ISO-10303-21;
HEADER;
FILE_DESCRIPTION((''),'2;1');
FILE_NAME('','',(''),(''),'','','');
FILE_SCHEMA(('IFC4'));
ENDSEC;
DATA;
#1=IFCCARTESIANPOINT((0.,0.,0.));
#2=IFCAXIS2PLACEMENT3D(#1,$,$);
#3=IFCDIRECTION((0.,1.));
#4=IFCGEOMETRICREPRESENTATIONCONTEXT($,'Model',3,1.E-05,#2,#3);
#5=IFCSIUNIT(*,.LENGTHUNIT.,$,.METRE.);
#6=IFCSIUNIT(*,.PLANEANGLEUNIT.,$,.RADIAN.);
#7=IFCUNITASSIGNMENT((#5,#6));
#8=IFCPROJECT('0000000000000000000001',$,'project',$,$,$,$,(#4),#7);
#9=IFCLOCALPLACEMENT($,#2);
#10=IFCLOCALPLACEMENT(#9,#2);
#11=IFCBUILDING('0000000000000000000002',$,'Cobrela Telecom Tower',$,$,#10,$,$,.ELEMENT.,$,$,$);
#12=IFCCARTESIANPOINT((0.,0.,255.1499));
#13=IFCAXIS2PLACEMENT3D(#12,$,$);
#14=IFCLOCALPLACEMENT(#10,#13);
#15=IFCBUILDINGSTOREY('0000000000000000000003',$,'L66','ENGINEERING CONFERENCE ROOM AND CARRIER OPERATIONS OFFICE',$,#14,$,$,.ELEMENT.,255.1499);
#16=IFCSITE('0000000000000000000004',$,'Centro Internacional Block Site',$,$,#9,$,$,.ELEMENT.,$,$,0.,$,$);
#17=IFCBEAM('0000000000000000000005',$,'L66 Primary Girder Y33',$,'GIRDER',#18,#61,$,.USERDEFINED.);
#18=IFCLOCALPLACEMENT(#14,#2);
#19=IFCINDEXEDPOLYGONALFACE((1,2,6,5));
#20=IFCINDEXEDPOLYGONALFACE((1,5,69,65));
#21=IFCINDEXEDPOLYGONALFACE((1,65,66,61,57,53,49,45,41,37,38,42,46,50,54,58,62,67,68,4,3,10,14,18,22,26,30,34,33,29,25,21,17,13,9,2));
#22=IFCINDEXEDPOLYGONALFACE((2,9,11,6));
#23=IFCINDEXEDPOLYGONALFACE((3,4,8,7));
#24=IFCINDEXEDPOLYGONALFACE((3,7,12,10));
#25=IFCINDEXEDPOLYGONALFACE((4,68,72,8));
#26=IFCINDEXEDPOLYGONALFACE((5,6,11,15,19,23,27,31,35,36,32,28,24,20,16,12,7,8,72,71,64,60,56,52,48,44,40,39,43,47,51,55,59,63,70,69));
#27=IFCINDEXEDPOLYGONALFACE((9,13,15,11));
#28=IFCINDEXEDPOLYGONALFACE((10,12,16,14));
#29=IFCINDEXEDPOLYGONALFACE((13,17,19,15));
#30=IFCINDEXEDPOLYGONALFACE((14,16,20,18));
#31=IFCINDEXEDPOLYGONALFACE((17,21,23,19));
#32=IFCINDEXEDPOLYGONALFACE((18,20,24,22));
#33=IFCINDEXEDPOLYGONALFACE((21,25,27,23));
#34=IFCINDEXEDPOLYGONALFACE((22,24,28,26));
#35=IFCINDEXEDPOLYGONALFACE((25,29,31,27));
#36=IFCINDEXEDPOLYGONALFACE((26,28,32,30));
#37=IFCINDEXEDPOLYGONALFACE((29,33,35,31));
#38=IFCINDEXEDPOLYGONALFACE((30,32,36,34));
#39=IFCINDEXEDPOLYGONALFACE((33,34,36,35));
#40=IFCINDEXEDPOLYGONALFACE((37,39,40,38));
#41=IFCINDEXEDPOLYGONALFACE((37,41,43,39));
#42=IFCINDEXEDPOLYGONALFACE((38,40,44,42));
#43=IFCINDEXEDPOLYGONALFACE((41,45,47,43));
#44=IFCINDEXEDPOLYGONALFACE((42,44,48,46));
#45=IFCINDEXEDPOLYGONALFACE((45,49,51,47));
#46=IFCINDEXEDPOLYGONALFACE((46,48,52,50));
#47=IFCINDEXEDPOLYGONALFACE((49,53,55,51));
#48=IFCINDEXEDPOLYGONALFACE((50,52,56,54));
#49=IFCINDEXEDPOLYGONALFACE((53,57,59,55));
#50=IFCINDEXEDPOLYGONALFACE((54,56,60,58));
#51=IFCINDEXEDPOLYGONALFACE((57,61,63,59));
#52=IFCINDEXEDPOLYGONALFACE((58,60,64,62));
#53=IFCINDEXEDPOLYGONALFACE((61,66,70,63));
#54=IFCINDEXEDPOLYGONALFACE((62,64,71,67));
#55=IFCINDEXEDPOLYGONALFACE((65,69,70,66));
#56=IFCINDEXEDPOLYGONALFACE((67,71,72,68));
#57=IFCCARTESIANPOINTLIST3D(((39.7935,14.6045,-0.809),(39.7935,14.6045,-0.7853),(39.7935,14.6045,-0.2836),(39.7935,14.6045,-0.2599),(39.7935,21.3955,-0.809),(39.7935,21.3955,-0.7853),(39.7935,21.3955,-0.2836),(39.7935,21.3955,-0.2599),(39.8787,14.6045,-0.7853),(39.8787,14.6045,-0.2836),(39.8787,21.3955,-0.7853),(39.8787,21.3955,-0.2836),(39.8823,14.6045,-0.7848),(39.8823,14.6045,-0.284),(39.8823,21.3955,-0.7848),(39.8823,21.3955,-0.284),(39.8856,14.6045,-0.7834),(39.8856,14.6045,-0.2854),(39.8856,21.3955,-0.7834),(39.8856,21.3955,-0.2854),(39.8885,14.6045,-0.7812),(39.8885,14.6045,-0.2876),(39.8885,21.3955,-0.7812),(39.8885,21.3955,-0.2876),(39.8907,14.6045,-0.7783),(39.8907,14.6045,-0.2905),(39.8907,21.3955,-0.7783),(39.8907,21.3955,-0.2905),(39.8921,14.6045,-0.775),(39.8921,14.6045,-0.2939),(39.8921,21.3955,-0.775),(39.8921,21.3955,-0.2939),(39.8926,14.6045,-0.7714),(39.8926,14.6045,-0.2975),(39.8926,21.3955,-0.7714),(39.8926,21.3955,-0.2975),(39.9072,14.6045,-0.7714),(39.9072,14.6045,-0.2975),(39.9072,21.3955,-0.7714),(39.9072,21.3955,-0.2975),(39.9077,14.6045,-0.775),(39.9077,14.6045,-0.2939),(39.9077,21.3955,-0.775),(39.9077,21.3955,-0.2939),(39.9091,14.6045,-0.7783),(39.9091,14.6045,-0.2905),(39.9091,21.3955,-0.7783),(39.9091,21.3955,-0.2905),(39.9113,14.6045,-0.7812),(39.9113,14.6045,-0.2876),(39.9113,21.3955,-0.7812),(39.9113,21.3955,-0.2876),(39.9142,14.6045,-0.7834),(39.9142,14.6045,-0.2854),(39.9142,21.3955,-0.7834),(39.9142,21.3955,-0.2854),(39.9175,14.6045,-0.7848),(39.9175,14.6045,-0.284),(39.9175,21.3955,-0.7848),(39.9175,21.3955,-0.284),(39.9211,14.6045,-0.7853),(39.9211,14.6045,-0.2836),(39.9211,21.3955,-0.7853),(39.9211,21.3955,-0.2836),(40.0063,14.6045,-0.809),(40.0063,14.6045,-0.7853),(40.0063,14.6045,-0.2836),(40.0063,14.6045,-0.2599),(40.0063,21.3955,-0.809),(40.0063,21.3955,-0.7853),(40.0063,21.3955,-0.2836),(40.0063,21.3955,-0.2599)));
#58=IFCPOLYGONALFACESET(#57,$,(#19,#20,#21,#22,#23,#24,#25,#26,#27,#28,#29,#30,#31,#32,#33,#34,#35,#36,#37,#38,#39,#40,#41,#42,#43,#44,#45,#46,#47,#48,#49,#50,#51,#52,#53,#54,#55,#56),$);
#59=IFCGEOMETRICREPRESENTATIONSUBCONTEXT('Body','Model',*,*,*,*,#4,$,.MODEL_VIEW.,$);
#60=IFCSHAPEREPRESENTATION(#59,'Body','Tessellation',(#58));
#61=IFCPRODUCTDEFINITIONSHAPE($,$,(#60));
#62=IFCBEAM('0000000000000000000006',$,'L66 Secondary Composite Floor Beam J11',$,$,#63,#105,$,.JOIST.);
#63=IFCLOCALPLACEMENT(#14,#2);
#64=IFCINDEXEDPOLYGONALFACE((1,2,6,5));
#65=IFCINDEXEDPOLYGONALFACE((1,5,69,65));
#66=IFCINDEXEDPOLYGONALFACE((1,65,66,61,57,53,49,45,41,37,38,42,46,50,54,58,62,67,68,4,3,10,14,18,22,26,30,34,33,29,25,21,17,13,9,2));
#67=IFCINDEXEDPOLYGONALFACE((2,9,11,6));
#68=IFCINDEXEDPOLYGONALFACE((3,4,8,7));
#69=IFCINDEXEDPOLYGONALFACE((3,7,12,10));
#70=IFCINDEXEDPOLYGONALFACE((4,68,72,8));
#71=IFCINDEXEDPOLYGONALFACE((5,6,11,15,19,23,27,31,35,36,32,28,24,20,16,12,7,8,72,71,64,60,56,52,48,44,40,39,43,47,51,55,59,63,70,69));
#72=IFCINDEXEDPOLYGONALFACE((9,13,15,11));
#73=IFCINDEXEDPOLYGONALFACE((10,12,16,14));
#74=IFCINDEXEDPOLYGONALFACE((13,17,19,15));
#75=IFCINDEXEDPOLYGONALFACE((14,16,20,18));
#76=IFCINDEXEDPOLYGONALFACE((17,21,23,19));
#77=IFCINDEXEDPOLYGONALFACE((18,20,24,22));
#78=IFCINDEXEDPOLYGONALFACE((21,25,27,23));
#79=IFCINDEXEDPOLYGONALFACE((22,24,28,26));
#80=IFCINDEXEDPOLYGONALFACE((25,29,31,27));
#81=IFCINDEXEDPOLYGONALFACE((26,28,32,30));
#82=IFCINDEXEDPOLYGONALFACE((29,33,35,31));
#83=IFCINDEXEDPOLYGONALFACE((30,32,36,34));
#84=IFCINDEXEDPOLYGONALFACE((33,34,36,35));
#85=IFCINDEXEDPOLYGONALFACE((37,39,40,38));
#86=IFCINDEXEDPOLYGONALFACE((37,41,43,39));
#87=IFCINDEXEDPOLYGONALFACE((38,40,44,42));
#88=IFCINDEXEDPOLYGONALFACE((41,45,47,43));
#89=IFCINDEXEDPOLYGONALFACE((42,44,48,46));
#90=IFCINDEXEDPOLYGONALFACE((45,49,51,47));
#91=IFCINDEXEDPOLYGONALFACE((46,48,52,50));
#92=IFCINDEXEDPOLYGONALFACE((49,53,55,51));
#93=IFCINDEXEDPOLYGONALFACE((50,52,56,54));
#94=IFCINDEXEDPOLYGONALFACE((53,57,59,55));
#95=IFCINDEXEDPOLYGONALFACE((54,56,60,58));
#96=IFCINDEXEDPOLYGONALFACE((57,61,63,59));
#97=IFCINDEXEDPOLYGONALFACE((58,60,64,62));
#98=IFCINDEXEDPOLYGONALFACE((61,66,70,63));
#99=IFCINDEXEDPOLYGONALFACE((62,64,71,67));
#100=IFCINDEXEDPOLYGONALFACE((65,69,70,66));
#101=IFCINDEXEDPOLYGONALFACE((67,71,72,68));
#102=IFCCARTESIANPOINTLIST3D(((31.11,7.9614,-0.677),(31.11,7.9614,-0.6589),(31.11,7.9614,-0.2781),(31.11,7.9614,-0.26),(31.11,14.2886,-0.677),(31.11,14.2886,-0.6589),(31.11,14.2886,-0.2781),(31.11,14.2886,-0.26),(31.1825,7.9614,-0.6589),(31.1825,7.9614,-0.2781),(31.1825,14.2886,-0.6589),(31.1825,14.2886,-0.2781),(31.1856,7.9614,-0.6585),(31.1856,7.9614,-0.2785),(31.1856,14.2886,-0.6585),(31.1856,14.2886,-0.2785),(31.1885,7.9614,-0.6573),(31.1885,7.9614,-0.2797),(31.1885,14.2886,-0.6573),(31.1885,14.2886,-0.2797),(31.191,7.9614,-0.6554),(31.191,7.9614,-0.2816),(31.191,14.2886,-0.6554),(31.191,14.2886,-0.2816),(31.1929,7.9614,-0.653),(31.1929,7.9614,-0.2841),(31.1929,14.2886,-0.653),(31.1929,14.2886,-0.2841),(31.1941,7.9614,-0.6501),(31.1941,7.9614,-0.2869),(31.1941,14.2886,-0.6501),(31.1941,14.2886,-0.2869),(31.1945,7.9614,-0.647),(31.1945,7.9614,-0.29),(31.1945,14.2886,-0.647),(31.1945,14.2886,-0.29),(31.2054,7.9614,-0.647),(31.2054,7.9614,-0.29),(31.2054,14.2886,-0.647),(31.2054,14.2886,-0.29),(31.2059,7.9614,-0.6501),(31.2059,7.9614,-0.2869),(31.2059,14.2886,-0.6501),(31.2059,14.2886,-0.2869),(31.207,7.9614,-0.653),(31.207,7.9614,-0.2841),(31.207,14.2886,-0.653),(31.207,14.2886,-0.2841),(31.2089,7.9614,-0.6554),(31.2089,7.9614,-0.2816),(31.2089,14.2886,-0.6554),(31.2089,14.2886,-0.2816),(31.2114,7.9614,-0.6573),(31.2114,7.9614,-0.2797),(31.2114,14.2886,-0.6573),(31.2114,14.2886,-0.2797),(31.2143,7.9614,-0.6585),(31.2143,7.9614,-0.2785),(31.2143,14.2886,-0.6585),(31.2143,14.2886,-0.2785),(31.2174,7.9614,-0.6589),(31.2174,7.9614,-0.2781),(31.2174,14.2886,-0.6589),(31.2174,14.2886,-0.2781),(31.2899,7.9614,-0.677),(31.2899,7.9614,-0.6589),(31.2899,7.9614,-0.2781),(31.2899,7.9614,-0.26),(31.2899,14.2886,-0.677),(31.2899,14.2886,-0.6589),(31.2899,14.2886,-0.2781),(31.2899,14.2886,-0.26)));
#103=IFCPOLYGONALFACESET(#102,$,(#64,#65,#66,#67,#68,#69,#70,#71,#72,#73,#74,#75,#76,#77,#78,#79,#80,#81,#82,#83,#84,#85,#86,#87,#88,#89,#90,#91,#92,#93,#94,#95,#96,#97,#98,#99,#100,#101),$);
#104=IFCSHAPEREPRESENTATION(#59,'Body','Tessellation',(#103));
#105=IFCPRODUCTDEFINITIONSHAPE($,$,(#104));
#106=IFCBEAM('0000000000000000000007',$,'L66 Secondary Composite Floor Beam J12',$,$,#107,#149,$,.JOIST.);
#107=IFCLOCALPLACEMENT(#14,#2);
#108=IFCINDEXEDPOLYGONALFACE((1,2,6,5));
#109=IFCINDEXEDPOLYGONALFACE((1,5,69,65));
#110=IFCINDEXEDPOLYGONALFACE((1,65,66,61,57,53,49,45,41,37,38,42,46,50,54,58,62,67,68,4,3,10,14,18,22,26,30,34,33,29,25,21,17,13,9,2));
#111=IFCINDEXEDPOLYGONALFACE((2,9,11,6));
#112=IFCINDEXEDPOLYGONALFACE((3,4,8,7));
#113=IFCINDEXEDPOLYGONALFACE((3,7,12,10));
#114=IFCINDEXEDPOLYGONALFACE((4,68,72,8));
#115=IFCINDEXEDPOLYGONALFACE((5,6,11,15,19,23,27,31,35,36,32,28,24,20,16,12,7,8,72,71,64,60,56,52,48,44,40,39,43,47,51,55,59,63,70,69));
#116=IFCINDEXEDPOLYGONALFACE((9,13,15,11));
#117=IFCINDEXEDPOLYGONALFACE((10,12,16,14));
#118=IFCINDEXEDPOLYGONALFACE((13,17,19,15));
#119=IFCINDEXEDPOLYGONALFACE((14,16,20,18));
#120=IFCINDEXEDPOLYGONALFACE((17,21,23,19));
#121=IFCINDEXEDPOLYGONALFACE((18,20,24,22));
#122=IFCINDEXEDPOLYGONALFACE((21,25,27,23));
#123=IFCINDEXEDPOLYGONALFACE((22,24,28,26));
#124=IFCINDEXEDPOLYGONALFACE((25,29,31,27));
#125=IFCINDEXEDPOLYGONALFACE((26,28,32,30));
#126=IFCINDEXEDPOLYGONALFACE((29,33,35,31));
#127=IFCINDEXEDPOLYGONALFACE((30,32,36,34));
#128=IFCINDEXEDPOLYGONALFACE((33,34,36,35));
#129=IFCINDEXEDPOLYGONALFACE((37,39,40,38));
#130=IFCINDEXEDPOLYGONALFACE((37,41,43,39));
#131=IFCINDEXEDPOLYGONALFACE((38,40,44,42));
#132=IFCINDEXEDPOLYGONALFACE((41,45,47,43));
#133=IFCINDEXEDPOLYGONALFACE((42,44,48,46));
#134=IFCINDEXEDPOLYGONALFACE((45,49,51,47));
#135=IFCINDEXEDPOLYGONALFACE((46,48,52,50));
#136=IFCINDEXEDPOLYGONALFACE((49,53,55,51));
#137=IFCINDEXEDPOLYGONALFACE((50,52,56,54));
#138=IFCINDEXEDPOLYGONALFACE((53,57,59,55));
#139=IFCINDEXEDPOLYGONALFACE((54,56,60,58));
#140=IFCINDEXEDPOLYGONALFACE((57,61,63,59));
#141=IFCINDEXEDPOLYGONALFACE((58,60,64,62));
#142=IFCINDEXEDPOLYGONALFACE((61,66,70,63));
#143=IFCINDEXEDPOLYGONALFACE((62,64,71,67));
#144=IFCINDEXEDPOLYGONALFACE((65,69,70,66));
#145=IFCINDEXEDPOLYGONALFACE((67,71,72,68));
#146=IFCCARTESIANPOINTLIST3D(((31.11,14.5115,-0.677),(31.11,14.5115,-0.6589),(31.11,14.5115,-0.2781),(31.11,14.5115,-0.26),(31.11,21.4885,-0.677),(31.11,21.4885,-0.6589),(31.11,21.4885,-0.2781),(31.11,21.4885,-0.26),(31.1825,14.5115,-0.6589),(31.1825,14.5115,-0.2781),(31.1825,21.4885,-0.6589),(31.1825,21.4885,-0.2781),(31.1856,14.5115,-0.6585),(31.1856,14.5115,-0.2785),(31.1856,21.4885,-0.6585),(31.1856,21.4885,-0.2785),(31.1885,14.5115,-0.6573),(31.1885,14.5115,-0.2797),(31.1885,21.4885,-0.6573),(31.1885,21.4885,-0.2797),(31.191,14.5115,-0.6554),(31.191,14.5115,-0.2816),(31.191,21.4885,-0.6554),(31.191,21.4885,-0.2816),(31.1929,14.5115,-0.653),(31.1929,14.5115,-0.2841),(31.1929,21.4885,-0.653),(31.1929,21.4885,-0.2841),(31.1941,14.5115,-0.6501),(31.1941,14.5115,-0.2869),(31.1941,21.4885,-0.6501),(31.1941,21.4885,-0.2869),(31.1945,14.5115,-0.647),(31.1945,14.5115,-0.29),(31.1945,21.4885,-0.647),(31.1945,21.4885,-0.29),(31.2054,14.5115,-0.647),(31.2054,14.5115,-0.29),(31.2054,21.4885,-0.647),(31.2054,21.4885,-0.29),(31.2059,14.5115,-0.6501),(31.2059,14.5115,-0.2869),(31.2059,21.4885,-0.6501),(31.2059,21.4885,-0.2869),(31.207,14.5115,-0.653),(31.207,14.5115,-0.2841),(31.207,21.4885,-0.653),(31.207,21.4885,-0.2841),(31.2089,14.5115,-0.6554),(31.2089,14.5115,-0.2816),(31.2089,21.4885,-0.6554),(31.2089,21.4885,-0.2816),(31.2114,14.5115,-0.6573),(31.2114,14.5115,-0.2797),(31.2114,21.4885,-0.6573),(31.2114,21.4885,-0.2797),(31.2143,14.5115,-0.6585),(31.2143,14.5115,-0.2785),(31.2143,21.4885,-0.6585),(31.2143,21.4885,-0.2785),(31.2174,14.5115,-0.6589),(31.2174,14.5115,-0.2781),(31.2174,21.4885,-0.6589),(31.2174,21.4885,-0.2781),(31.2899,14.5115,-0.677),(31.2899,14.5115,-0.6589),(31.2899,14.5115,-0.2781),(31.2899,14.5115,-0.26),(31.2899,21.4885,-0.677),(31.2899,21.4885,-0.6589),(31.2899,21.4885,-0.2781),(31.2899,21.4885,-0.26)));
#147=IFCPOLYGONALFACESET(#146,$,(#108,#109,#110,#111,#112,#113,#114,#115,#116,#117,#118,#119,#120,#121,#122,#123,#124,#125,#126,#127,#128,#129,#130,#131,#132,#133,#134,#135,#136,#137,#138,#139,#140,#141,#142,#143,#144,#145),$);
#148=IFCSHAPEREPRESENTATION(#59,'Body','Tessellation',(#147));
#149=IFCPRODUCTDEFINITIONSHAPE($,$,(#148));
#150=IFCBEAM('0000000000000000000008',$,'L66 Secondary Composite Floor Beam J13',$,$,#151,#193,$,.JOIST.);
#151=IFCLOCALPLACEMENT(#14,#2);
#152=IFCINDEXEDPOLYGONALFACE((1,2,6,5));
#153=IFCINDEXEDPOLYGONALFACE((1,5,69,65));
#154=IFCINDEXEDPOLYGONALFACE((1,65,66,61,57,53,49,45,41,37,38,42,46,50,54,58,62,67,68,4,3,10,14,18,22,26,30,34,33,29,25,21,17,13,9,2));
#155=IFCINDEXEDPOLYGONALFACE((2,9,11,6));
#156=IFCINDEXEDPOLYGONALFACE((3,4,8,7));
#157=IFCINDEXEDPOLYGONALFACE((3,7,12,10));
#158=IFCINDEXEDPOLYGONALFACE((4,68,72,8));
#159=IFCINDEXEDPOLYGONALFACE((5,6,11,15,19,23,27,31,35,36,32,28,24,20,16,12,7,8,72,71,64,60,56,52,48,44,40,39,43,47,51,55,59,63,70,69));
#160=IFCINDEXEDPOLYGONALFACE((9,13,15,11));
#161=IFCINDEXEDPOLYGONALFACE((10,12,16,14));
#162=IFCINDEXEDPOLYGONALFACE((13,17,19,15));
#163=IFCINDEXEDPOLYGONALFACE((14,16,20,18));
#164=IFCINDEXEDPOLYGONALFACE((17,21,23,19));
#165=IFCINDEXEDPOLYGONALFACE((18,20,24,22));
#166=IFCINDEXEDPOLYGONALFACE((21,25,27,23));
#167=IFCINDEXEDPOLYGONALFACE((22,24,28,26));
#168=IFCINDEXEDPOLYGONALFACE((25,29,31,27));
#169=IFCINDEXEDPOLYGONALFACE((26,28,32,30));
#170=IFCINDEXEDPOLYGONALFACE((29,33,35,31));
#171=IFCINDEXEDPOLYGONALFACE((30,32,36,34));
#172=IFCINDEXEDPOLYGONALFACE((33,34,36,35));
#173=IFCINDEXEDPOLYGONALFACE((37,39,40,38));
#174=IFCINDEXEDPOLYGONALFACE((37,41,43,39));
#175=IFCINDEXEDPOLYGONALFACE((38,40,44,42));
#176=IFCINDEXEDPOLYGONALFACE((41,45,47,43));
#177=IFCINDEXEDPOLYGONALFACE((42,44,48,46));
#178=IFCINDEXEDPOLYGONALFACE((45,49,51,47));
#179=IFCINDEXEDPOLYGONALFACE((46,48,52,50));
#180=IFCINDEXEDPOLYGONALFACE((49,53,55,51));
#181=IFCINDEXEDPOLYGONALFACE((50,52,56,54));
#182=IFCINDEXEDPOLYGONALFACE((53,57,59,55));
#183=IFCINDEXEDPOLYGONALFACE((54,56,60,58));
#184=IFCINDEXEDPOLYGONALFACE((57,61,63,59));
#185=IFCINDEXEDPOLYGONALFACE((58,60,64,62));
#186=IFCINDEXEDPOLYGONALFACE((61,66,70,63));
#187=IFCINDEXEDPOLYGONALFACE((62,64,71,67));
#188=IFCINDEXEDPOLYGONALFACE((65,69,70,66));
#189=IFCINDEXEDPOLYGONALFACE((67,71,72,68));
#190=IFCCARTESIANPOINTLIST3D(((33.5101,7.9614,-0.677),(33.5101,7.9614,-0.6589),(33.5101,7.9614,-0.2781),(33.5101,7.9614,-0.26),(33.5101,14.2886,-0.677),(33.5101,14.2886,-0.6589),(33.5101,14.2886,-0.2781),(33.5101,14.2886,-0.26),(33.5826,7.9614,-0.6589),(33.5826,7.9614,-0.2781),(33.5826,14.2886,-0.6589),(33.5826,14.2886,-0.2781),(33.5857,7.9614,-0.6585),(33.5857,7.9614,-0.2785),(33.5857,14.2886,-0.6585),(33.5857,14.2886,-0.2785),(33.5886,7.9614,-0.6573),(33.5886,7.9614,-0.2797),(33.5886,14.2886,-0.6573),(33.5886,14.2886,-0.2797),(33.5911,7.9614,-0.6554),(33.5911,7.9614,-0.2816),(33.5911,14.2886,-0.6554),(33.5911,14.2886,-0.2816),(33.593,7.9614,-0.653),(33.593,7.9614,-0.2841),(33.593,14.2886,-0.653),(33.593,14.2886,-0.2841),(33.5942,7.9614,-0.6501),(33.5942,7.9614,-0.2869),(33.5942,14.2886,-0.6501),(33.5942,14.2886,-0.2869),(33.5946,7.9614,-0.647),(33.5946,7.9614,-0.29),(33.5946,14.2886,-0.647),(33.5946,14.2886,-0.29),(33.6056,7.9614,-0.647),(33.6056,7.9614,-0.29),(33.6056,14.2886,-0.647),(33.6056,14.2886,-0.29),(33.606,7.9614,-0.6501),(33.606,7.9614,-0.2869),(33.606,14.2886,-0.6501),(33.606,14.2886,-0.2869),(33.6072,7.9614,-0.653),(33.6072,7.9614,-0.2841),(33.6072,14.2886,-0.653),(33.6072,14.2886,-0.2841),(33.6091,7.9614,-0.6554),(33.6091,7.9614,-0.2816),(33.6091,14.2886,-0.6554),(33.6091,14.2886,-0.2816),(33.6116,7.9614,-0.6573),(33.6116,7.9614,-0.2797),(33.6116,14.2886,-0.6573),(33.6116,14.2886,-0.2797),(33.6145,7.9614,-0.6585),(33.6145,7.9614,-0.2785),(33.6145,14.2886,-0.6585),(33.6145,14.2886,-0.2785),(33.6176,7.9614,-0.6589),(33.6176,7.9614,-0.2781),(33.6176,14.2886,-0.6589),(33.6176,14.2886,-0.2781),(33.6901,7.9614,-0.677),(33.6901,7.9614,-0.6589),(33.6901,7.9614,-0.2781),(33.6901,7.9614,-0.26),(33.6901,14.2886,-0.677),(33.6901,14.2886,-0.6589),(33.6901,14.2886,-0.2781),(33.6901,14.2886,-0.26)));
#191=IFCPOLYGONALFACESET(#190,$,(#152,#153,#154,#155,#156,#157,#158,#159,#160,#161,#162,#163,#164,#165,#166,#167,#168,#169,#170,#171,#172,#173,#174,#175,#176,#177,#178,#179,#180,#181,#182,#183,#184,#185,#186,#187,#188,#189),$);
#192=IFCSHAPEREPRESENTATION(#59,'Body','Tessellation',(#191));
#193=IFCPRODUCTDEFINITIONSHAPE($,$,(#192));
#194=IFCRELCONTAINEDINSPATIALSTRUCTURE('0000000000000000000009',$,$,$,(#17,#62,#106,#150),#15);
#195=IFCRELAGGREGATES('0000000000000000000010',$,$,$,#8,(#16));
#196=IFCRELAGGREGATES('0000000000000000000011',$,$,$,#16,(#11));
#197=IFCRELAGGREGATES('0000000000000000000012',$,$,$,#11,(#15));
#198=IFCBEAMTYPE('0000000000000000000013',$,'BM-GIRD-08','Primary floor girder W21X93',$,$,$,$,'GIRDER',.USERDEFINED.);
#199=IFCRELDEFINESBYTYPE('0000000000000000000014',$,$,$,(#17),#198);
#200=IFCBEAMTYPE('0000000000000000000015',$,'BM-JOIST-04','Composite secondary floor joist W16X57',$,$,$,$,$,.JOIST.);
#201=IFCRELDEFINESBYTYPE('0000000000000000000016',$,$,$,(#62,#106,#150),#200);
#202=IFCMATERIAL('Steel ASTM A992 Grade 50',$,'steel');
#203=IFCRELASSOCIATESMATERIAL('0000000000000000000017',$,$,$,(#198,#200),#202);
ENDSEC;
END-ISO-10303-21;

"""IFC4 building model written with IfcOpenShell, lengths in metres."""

from ifc_helpers import new_model, si_unit, direction, frame, origin, origin_2d, place, context, subcontext, project, spatial, i_section, extrude, material, material_profile, profile_set, type_object, element, save


model = new_model("IFC4")

# Units and contexts
model_context = context("Model", 3, precision=1e-05, world=origin(), true_north=direction((0.0, 1.0)))
body_context = subcontext(model_context, "Body", "Model", "MODEL_VIEW")
ifc_project = project(units=[si_unit("LENGTHUNIT", "METRE"), si_unit("PLANEANGLEUNIT", "RADIAN")], contexts=[model_context])

# Site, building, storey
site_placement = place(None, origin())
site = spatial("IfcSite", under=ifc_project, at=site_placement, Name="Centro Internacional Block Site", CompositionType="ELEMENT", RefElevation=0.0)
building_placement = place(site_placement, origin())
building = spatial("IfcBuilding", under=site, at=building_placement, Name="Cobrela Telecom Tower", CompositionType="ELEMENT")
storey_placement = place(building_placement, frame((0.0, 0.0, 255.1499)))
storey = spatial("IfcBuildingStorey", under=building, at=storey_placement, Name="L66", Description="ENGINEERING CONFERENCE ROOM AND CARRIER OPERATIONS OFFICE", CompositionType="ELEMENT", Elevation=255.1499)

# Shared definitions
ifc_material_1 = material(Name="Steel ASTM A992 Grade 50", Category="steel")

# Beams
ifc_material_profile_1 = material_profile(ifc_material_1, i_section(OverallWidth=0.2129, OverallDepth=0.5491, WebThickness=0.0146, FlangeThickness=0.0237, FilletRadius=0.0139, at=origin_2d()), Name="W21X93")
ifc_profile_set_1 = profile_set([ifc_material_profile_1], Name="Steel ASTM A992 Grade 50")
beam_type_1 = type_object("IfcBeamType", Name="BM-GIRD-08", Description="Primary floor girder W21X93", ElementType="GIRDER", PredefinedType="USERDEFINED", material=ifc_profile_set_1)
for number, where, z_axis, x_axis, name in (
    (1, (39.8999, 14.6045, -0.5344), (0.0, 1.0, 0.0), (-1.0, 0.0, 0.0), "L66 Primary Girder Y33"),
):
    element("IfcBeam", number, at=place(storey_placement, frame(where, z_axis=z_axis, x_axis=x_axis)), inside=storey, type_object=beam_type_1, Name=name, ObjectType="GIRDER", PredefinedType="USERDEFINED", context=body_context, shape_type="SweptSolid", body=[
        extrude(i_section(OverallWidth=0.2129, OverallDepth=0.5491, WebThickness=0.0146, FlangeThickness=0.0237, FilletRadius=0.0139, at=origin_2d()), origin(), (0.0, 0.0, 1.0), 6.791),
    ])
ifc_material_profile_2 = material_profile(ifc_material_1, i_section(OverallWidth=0.1799, OverallDepth=0.417, WebThickness=0.011, FlangeThickness=0.0181, FilletRadius=0.012, at=origin_2d()), Name="W16X57")
ifc_profile_set_2 = profile_set([ifc_material_profile_2], Name="Steel ASTM A992 Grade 50")
beam_type_2 = type_object("IfcBeamType", Name="BM-JOIST-04", Description="Composite secondary floor joist W16X57", PredefinedType="JOIST", material=ifc_profile_set_2)
beam_1_placement = place(storey_placement, frame((31.2, 7.9614, -0.4685), z_axis=(0.0, 1.0, 0.0), x_axis=(-1.0, 0.0, 0.0)))
element("IfcBeam", 2, at=beam_1_placement, inside=storey, type_object=beam_type_2, Name="L66 Secondary Composite Floor Beam J11", PredefinedType="JOIST", context=body_context, shape_type="SweptSolid", body=[
    extrude(i_section(OverallWidth=0.1799, OverallDepth=0.417, WebThickness=0.011, FlangeThickness=0.0181, FilletRadius=0.012, at=origin_2d()), origin(), (0.0, 0.0, 1.0), 6.3271),
])
beam_2_placement = place(storey_placement, frame((31.2, 14.5115, -0.4685), z_axis=(0.0, 1.0, 0.0), x_axis=(-1.0, 0.0, 0.0)))
element("IfcBeam", 3, at=beam_2_placement, inside=storey, type_object=beam_type_2, Name="L66 Secondary Composite Floor Beam J12", PredefinedType="JOIST", context=body_context, shape_type="SweptSolid", body=[
    extrude(i_section(OverallWidth=0.1799, OverallDepth=0.417, WebThickness=0.011, FlangeThickness=0.0181, FilletRadius=0.012, at=origin_2d()), origin(), (0.0, 0.0, 1.0), 6.9771),
])
beam_3_placement = place(storey_placement, frame((33.6001, 7.9614, -0.4685), z_axis=(0.0, 1.0, 0.0), x_axis=(-1.0, 0.0, 0.0)))
element("IfcBeam", 4, at=beam_3_placement, inside=storey, type_object=beam_type_2, Name="L66 Secondary Composite Floor Beam J13", PredefinedType="JOIST", context=body_context, shape_type="SweptSolid", body=[
    extrude(i_section(OverallWidth=0.1799, OverallDepth=0.417, WebThickness=0.011, FlangeThickness=0.0181, FilletRadius=0.012, at=origin_2d()), origin(), (0.0, 0.0, 1.0), 6.3271),
])

save(model, "model.ifc")
